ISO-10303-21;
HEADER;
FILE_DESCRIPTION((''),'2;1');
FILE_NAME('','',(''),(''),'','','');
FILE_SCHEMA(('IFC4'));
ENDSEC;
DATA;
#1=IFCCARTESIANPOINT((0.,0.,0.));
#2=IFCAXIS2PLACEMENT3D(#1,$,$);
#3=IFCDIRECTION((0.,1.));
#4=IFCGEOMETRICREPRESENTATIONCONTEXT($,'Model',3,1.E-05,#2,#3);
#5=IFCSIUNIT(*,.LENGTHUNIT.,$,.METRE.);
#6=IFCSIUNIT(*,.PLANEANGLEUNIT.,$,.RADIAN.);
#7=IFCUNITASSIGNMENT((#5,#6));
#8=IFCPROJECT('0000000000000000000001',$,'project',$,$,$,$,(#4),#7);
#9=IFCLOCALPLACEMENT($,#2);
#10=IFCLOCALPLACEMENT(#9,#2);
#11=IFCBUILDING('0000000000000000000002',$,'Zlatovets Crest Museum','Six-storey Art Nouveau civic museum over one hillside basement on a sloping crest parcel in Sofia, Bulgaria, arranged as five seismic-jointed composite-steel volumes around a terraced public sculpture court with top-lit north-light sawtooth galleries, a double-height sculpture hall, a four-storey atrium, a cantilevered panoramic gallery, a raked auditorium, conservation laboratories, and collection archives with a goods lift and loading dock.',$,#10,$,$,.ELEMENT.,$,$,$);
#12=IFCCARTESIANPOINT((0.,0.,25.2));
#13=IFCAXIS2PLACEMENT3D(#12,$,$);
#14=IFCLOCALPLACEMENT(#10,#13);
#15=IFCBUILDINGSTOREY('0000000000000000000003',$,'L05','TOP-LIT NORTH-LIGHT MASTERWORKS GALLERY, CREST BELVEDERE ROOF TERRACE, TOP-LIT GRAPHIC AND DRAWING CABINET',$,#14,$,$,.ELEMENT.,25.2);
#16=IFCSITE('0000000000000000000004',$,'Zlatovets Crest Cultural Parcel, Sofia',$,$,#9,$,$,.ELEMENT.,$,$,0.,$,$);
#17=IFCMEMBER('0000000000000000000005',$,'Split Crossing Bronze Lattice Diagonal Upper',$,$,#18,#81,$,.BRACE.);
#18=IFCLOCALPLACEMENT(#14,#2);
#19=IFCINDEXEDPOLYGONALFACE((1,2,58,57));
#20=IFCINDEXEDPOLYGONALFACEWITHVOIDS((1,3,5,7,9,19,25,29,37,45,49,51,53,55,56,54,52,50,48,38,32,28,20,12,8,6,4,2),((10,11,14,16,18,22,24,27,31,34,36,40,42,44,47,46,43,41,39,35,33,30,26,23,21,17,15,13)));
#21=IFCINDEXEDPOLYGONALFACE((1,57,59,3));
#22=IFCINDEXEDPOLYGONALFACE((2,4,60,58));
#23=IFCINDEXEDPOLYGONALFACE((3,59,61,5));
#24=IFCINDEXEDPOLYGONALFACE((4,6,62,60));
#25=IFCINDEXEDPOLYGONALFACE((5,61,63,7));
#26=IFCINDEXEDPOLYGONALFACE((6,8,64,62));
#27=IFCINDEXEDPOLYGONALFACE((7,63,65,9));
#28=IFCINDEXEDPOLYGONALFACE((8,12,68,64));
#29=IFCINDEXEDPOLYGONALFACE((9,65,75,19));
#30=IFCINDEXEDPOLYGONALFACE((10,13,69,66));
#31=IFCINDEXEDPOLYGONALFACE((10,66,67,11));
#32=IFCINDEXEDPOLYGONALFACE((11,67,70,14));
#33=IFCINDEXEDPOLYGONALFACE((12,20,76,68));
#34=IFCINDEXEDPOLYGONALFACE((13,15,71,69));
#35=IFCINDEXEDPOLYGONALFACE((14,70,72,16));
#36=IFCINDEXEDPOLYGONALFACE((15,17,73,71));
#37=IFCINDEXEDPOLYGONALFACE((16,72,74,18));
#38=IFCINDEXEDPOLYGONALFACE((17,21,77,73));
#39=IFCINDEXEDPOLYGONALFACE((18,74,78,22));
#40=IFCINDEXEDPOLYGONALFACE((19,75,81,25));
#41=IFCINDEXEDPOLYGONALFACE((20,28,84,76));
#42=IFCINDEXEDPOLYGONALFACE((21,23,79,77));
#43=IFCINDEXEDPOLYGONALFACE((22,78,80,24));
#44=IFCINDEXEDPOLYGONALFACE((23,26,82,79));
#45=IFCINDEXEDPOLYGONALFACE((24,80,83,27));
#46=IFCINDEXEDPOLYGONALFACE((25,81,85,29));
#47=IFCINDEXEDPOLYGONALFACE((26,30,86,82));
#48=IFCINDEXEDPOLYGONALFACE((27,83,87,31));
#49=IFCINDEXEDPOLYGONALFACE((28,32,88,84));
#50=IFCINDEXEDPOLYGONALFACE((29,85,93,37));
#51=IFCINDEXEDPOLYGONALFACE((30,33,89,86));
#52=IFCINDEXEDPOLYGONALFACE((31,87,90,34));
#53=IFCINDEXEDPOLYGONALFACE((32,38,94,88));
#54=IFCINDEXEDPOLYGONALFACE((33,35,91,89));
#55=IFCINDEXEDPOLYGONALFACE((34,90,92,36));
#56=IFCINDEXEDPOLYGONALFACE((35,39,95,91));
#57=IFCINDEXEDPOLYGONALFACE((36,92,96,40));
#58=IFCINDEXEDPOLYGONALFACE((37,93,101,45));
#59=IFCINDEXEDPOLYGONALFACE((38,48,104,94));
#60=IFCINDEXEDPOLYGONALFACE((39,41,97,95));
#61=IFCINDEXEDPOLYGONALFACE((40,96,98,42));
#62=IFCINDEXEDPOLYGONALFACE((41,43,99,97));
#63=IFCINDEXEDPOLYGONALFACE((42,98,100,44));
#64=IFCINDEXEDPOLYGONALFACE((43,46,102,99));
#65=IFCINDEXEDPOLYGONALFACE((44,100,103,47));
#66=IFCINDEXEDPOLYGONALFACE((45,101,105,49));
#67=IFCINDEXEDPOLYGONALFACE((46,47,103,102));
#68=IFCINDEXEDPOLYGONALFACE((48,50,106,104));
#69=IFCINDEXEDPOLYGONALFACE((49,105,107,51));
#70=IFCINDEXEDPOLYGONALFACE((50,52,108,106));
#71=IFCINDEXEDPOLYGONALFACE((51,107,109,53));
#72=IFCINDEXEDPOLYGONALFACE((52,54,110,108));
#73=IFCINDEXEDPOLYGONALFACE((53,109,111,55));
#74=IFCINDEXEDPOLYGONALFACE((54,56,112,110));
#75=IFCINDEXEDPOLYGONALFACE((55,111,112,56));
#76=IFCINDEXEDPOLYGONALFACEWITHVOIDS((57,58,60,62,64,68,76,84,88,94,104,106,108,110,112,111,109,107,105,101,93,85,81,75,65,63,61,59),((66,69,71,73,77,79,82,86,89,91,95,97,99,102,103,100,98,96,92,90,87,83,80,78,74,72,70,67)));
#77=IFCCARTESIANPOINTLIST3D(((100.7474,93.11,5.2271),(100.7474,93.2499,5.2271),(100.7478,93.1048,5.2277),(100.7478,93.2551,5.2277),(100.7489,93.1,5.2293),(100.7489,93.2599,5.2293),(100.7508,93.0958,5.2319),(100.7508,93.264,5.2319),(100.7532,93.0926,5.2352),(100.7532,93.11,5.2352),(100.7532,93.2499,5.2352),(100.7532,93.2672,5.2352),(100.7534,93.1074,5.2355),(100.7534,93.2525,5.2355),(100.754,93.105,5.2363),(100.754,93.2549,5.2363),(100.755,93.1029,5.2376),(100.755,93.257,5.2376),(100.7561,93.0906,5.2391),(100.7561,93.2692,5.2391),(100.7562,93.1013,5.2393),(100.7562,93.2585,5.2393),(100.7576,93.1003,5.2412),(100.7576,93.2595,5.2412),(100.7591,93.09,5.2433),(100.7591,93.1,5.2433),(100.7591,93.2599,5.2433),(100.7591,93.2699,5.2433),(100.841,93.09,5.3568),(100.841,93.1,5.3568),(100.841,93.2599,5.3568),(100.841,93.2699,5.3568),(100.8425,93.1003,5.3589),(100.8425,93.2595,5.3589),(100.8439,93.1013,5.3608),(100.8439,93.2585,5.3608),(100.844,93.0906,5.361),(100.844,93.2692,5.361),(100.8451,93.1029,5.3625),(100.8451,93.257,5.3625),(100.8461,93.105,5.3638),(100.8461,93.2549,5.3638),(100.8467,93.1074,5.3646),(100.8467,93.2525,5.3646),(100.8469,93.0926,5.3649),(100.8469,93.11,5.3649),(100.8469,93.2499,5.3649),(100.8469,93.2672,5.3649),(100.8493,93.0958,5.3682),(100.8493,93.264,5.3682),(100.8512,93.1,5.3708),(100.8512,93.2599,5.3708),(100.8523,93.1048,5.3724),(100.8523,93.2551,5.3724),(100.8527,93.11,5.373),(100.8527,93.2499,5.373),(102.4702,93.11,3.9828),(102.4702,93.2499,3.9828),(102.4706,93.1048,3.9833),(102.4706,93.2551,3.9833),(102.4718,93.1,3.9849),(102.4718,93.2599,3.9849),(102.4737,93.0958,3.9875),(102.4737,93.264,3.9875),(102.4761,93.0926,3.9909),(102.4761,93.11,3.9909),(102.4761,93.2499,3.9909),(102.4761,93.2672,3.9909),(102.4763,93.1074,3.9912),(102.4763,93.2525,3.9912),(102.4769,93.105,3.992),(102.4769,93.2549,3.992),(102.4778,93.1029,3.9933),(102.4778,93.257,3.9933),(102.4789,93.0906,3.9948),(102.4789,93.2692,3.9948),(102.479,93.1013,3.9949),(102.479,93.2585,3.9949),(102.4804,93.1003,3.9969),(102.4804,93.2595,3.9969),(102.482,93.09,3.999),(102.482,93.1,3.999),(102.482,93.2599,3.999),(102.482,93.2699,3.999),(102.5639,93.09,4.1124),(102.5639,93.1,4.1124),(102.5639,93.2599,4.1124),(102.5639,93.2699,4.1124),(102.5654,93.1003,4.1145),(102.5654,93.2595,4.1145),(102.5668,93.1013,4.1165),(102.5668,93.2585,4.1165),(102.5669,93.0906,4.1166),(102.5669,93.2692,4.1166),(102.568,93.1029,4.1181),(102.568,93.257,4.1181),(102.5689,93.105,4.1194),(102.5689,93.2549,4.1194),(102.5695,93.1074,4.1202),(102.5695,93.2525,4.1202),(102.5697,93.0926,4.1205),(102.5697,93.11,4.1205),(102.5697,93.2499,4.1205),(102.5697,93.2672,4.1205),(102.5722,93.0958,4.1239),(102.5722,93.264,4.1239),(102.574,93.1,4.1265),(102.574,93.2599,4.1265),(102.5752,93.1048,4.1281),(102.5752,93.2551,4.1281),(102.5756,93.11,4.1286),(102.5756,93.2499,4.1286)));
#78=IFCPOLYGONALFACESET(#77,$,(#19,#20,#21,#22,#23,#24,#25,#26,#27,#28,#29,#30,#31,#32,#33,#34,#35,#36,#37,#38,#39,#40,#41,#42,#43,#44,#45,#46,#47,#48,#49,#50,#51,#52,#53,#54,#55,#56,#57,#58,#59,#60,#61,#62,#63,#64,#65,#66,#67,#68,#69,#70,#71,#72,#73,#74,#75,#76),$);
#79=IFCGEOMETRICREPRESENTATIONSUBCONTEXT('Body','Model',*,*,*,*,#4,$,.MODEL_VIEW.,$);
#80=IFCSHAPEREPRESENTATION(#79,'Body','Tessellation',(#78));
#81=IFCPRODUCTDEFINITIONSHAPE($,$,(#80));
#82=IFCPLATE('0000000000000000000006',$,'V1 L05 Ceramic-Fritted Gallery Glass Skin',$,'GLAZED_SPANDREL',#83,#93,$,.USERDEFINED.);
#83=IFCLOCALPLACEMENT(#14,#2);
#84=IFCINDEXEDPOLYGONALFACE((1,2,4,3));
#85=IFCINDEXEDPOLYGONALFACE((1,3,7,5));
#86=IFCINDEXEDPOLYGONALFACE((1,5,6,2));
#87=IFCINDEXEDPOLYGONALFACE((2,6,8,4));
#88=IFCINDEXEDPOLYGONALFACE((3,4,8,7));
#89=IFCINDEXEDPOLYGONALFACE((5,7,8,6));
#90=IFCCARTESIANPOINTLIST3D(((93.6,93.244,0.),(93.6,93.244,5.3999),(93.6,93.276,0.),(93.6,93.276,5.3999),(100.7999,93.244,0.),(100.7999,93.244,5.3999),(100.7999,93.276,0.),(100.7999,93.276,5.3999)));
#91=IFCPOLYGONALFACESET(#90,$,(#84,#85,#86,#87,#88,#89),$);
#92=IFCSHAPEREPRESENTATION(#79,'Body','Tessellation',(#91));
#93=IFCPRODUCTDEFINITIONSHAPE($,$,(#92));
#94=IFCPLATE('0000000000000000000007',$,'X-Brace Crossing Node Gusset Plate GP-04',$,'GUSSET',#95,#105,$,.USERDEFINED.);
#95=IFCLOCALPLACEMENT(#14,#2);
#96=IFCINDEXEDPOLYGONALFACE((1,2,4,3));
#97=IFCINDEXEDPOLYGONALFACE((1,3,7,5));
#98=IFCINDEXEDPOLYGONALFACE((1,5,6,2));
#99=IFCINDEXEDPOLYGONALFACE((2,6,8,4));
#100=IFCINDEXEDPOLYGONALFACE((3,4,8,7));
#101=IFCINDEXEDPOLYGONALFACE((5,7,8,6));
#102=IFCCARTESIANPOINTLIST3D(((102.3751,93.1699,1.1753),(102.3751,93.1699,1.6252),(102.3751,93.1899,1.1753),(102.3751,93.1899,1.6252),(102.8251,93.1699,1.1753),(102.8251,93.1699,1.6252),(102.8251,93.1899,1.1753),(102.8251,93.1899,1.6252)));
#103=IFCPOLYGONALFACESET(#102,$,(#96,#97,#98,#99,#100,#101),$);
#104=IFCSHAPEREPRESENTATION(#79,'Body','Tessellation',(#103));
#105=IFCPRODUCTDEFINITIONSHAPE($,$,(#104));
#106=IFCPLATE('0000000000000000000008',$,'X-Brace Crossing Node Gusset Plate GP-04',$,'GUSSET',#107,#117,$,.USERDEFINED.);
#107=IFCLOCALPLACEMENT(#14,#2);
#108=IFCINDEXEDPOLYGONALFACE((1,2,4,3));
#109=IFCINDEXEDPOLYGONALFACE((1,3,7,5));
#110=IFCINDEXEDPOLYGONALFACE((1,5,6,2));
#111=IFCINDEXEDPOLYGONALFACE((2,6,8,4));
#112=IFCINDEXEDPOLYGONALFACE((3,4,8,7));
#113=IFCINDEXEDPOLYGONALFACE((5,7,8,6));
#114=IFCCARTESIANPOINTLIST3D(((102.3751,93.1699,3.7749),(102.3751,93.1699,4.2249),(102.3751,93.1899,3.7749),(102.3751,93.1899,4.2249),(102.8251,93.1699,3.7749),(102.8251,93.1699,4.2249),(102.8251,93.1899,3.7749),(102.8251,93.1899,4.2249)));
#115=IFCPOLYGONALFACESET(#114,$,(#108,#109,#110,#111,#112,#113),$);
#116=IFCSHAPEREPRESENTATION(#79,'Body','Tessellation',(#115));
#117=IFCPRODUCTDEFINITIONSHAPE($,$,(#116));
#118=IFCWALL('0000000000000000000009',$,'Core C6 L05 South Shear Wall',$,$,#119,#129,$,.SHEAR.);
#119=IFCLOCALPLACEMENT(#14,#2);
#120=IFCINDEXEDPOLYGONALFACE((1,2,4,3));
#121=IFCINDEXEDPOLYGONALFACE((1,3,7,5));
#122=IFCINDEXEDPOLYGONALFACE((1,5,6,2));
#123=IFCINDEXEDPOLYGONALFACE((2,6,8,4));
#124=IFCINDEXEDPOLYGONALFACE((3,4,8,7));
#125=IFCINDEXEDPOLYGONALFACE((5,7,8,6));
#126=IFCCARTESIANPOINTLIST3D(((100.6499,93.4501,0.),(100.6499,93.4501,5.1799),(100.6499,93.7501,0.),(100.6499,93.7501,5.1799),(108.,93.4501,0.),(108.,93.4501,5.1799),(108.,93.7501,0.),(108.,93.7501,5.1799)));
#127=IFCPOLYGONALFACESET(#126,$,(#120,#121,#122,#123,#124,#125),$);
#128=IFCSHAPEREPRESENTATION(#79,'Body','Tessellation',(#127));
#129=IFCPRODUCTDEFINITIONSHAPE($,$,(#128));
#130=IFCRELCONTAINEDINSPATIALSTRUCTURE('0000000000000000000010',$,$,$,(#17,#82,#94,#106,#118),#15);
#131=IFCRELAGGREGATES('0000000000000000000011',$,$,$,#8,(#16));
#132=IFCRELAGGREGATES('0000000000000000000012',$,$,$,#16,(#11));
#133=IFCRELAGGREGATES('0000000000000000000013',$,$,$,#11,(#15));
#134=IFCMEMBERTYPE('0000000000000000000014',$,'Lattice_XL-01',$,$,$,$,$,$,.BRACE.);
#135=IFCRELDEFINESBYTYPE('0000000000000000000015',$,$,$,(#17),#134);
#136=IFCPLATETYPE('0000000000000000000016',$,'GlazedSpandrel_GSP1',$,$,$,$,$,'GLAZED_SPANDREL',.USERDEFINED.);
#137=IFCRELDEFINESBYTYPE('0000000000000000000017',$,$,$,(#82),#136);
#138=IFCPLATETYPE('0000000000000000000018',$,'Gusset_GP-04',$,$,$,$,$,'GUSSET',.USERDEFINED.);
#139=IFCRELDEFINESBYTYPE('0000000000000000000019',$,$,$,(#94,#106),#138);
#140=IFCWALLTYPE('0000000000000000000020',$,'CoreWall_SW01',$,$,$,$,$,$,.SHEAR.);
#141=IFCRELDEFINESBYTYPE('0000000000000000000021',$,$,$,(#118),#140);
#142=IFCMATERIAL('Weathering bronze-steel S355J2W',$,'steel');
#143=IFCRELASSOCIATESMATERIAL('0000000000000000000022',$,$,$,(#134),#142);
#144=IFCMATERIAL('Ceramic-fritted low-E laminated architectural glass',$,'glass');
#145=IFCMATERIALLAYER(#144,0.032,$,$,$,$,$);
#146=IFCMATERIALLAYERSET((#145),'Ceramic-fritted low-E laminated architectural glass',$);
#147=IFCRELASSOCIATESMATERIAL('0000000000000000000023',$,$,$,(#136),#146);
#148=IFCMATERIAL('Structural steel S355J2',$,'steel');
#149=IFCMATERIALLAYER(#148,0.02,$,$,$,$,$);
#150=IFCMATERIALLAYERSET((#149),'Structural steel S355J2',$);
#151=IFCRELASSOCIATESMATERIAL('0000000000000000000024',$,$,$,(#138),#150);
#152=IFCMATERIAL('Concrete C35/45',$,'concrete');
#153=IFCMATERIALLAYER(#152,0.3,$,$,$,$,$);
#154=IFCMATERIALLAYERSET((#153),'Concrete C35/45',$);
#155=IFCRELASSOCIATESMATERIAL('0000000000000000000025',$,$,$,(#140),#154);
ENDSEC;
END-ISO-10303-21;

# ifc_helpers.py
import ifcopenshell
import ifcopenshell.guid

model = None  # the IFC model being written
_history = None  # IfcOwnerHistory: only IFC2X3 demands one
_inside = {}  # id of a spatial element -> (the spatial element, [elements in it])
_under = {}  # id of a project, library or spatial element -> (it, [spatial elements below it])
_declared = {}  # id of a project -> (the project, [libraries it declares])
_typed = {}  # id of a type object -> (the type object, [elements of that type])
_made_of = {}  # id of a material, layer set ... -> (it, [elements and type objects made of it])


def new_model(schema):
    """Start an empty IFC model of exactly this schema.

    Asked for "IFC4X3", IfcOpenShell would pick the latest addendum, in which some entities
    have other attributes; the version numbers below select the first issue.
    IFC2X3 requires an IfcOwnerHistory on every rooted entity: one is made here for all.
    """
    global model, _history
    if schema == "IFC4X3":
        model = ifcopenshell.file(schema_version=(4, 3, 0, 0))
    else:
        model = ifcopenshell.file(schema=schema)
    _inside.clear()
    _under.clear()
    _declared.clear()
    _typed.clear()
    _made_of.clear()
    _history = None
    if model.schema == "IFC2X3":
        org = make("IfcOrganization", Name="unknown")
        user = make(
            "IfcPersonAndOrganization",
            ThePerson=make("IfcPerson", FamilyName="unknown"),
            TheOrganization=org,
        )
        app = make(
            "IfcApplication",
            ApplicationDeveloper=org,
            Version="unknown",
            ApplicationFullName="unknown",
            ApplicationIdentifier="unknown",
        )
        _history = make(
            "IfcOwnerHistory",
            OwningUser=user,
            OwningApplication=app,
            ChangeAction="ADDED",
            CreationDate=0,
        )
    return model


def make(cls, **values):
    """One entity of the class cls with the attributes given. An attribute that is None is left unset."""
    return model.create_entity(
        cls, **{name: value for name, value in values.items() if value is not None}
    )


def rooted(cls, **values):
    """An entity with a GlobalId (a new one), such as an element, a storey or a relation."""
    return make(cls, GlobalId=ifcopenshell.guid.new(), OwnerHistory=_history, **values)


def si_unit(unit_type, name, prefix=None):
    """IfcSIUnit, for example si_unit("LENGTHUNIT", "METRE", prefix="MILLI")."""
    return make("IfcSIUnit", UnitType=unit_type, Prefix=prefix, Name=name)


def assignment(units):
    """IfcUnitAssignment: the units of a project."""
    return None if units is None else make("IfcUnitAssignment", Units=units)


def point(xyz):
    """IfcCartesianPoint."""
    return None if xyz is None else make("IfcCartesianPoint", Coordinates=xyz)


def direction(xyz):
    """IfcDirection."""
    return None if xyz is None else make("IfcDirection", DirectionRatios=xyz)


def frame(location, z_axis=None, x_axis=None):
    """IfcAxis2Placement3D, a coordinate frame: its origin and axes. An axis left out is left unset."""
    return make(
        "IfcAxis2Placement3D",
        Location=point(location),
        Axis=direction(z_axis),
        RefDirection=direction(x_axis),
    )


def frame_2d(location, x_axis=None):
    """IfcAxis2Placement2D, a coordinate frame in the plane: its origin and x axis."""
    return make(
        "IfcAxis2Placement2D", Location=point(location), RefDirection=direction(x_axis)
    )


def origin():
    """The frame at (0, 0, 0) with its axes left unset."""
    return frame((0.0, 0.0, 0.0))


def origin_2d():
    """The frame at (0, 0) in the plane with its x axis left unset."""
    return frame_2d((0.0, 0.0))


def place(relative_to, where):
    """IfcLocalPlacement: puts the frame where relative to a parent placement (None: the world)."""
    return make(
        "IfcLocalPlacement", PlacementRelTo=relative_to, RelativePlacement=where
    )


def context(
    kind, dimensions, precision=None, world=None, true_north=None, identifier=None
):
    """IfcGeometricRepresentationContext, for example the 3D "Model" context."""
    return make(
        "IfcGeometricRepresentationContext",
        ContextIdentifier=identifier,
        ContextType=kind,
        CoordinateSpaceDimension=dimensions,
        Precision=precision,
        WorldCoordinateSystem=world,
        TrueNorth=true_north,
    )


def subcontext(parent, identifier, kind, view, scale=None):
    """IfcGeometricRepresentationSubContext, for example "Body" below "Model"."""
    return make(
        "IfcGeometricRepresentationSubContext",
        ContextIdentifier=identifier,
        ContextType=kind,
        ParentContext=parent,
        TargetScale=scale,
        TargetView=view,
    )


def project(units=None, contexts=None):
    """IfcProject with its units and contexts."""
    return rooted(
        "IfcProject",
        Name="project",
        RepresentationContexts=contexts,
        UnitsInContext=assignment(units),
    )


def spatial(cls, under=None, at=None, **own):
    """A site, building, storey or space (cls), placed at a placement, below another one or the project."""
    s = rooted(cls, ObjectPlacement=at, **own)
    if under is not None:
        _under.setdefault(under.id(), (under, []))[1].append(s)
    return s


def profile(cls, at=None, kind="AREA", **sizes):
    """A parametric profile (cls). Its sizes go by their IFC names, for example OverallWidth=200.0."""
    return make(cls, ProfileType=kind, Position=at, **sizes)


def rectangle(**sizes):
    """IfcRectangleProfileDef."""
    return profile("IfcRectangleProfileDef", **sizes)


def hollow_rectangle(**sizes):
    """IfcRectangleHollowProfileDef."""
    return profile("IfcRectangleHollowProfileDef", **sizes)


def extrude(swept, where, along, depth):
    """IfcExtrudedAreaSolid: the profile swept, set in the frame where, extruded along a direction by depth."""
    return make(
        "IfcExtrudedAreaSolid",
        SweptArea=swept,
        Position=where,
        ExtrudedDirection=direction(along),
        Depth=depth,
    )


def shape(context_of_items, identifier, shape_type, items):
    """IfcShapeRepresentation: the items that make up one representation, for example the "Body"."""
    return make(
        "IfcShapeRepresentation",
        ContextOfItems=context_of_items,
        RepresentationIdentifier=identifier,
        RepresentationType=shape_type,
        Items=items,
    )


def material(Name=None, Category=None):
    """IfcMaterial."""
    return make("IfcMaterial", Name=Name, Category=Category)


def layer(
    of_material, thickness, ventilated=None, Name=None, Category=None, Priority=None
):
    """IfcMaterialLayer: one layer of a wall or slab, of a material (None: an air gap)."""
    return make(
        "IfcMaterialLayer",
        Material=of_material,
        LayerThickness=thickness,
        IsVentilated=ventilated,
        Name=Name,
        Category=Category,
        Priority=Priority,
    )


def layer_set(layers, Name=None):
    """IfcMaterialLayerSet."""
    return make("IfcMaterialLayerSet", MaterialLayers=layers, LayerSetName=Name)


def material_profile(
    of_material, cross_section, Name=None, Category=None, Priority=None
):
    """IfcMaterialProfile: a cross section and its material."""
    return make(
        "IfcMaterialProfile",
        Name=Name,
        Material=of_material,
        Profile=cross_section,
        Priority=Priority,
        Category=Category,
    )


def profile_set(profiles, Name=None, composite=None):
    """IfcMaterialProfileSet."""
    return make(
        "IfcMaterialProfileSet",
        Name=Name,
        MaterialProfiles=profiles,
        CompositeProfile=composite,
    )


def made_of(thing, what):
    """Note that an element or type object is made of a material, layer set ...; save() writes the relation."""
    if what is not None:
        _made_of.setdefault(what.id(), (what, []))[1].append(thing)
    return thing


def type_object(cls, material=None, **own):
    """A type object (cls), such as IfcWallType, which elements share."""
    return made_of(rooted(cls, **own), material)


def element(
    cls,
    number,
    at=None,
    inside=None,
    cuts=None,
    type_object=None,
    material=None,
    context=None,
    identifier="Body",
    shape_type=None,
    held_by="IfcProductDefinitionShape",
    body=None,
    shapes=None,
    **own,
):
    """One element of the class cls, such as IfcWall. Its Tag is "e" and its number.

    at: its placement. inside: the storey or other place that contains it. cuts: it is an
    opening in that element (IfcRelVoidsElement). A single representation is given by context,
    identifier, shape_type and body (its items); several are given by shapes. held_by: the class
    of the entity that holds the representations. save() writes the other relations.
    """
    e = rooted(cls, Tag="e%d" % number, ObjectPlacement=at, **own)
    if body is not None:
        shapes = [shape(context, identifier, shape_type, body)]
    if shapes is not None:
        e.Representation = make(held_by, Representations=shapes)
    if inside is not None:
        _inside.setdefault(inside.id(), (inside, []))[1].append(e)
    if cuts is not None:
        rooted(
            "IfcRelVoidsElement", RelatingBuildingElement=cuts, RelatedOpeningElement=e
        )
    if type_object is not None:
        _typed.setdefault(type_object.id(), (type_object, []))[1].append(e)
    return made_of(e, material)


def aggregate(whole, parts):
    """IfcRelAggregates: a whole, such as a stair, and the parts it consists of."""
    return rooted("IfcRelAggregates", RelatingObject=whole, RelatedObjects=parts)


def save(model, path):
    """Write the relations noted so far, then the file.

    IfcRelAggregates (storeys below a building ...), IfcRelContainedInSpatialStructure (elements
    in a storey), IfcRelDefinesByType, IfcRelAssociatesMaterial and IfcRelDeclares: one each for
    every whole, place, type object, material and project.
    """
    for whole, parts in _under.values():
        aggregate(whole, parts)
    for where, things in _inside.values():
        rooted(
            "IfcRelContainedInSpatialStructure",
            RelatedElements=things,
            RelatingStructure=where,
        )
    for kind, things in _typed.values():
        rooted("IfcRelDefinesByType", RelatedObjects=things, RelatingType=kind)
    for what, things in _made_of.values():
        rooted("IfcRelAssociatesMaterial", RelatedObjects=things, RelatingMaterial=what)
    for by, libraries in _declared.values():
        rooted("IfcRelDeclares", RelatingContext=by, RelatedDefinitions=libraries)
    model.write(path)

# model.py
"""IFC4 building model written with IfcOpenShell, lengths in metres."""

from ifc_helpers import new_model, si_unit, direction, frame, frame_2d, origin, origin_2d, place, context, subcontext, project, spatial, rectangle, hollow_rectangle, extrude, material, layer, layer_set, material_profile, profile_set, type_object, element, save


model = new_model("IFC4")

# Units and contexts
model_context = context("Model", 3, precision=1e-05, world=origin(), true_north=direction((0.0, 1.0)))
body_context = subcontext(model_context, "Body", "Model", "MODEL_VIEW")
ifc_project = project(units=[si_unit("LENGTHUNIT", "METRE"), si_unit("PLANEANGLEUNIT", "RADIAN")], contexts=[model_context])

# Site, building, storey
site_placement = place(None, origin())
site = spatial("IfcSite", under=ifc_project, at=site_placement, Name="Zlatovets Crest Cultural Parcel, Sofia", CompositionType="ELEMENT", RefElevation=0.0)
building_placement = place(site_placement, origin())
building = spatial("IfcBuilding", under=site, at=building_placement, Name="Zlatovets Crest Museum", Description="Six-storey Art Nouveau civic museum over one hillside basement on a sloping crest parcel in Sofia, Bulgaria, arranged as five seismic-jointed composite-steel volumes around a terraced public sculpture court with top-lit north-light sawtooth galleries, a double-height sculpture hall, a four-storey atrium, a cantilevered panoramic gallery, a raked auditorium, conservation laboratories, and collection archives with a goods lift and loading dock.", CompositionType="ELEMENT")
storey_placement = place(building_placement, frame((0.0, 0.0, 25.2)))
storey = spatial("IfcBuildingStorey", under=building, at=storey_placement, Name="L05", Description="TOP-LIT NORTH-LIGHT MASTERWORKS GALLERY, CREST BELVEDERE ROOF TERRACE, TOP-LIT GRAPHIC AND DRAWING CABINET", CompositionType="ELEMENT", Elevation=25.2)

# Shared definitions
ifc_material_1 = material(Name="Structural steel S355J2", Category="steel")

# Member
ifc_material_2 = material(Name="Weathering bronze-steel S355J2W", Category="steel")
ifc_material_profile_1 = material_profile(ifc_material_2, hollow_rectangle(XDim=0.1799, YDim=0.1799, WallThickness=0.01, InnerFilletRadius=0.01, OuterFilletRadius=0.02, at=origin_2d()), Name="SHS 180x180x10.0")
ifc_profile_set_1 = profile_set([ifc_material_profile_1], Name="Weathering bronze-steel S355J2W")
member_type = type_object("IfcMemberType", Name="Lattice_XL-01", PredefinedType="BRACE", material=ifc_profile_set_1)
member_1_placement = place(storey_placement, frame((100.8, 93.1799, 5.3), z_axis=(0.810664, 0.0, -0.585512), x_axis=(0.0, 1.0, 0.0)))
element("IfcMember", 1, at=member_1_placement, inside=storey, type_object=member_type, Name="Split Crossing Bronze Lattice Diagonal Upper", PredefinedType="BRACE", context=body_context, shape_type="SweptSolid", body=[
    extrude(hollow_rectangle(XDim=0.1799, YDim=0.1799, WallThickness=0.01, InnerFilletRadius=0.01, OuterFilletRadius=0.02, at=origin_2d()), origin(), (0.0, 0.0, 1.0), 2.1252),
])

# Plates
ifc_material_3 = material(Name="Ceramic-fritted low-E laminated architectural glass", Category="glass")
ifc_layer_1 = layer(ifc_material_3, 0.032)
ifc_layer_set_1 = layer_set([ifc_layer_1], Name="Ceramic-fritted low-E laminated architectural glass")
plate_type_1 = type_object("IfcPlateType", Name="GlazedSpandrel_GSP1", ElementType="GLAZED_SPANDREL", PredefinedType="USERDEFINED", material=ifc_layer_set_1)
plate_placement = place(storey_placement, frame((97.2, 93.26, 0.0), z_axis=(0.0, 0.0, 1.0), x_axis=(1.0, 0.0, 0.0)))
element("IfcPlate", 2, at=plate_placement, inside=storey, type_object=plate_type_1, Name="V1 L05 Ceramic-Fritted Gallery Glass Skin", ObjectType="GLAZED_SPANDREL", PredefinedType="USERDEFINED", context=body_context, shape_type="SweptSolid", body=[
    extrude(rectangle(XDim=7.2, YDim=0.032, at=origin_2d()), origin(), (0.0, 0.0, 1.0), 5.3999),
])
ifc_layer_2 = layer(ifc_material_1, 0.02)
ifc_layer_set_2 = layer_set([ifc_layer_2], Name="Structural steel S355J2")
plate_type_2 = type_object("IfcPlateType", Name="Gusset_GP-04", ElementType="GUSSET", PredefinedType="USERDEFINED", material=ifc_layer_set_2)
for number, where, z_axis, x_axis, name in (
    (3, (102.6001, 93.1799, 1.1753), (0.0, 0.0, 1.0), (1.0, 0.0, 0.0), "X-Brace Crossing Node Gusset Plate GP-04"),
    (4, (102.6001, 93.1799, 3.7749), (0.0, 0.0, 1.0), (1.0, 0.0, 0.0), "X-Brace Crossing Node Gusset Plate GP-04"),
):
    element("IfcPlate", number, at=place(storey_placement, frame(where, z_axis=z_axis, x_axis=x_axis)), inside=storey, type_object=plate_type_2, Name=name, ObjectType="GUSSET", PredefinedType="USERDEFINED", context=body_context, shape_type="SweptSolid", body=[
        extrude(rectangle(XDim=0.45, YDim=0.02, at=origin_2d()), origin(), (0.0, 0.0, 1.0), 0.45),
    ])

# Wall
ifc_material_4 = material(Name="Concrete C35/45", Category="concrete")
ifc_layer_3 = layer(ifc_material_4, 0.3)
ifc_layer_set_3 = layer_set([ifc_layer_3], Name="Concrete C35/45")
wall_type_1 = type_object("IfcWallType", Name="CoreWall_SW01", PredefinedType="SHEAR", material=ifc_layer_set_3)
wall_1_placement = place(storey_placement, frame((100.6499, 93.6001, 0.0), z_axis=(0.0, 0.0, 1.0), x_axis=(1.0, 0.0, 0.0)))
element("IfcWall", 5, at=wall_1_placement, inside=storey, type_object=wall_type_1, Name="Core C6 L05 South Shear Wall", PredefinedType="SHEAR", context=body_context, shape_type="SweptSolid", body=[
    extrude(rectangle(XDim=7.3501, YDim=0.3, at=frame_2d((3.675, 0.0))), origin(), (0.0, 0.0, 1.0), 5.1799),
])

save(model, "model.ifc")
